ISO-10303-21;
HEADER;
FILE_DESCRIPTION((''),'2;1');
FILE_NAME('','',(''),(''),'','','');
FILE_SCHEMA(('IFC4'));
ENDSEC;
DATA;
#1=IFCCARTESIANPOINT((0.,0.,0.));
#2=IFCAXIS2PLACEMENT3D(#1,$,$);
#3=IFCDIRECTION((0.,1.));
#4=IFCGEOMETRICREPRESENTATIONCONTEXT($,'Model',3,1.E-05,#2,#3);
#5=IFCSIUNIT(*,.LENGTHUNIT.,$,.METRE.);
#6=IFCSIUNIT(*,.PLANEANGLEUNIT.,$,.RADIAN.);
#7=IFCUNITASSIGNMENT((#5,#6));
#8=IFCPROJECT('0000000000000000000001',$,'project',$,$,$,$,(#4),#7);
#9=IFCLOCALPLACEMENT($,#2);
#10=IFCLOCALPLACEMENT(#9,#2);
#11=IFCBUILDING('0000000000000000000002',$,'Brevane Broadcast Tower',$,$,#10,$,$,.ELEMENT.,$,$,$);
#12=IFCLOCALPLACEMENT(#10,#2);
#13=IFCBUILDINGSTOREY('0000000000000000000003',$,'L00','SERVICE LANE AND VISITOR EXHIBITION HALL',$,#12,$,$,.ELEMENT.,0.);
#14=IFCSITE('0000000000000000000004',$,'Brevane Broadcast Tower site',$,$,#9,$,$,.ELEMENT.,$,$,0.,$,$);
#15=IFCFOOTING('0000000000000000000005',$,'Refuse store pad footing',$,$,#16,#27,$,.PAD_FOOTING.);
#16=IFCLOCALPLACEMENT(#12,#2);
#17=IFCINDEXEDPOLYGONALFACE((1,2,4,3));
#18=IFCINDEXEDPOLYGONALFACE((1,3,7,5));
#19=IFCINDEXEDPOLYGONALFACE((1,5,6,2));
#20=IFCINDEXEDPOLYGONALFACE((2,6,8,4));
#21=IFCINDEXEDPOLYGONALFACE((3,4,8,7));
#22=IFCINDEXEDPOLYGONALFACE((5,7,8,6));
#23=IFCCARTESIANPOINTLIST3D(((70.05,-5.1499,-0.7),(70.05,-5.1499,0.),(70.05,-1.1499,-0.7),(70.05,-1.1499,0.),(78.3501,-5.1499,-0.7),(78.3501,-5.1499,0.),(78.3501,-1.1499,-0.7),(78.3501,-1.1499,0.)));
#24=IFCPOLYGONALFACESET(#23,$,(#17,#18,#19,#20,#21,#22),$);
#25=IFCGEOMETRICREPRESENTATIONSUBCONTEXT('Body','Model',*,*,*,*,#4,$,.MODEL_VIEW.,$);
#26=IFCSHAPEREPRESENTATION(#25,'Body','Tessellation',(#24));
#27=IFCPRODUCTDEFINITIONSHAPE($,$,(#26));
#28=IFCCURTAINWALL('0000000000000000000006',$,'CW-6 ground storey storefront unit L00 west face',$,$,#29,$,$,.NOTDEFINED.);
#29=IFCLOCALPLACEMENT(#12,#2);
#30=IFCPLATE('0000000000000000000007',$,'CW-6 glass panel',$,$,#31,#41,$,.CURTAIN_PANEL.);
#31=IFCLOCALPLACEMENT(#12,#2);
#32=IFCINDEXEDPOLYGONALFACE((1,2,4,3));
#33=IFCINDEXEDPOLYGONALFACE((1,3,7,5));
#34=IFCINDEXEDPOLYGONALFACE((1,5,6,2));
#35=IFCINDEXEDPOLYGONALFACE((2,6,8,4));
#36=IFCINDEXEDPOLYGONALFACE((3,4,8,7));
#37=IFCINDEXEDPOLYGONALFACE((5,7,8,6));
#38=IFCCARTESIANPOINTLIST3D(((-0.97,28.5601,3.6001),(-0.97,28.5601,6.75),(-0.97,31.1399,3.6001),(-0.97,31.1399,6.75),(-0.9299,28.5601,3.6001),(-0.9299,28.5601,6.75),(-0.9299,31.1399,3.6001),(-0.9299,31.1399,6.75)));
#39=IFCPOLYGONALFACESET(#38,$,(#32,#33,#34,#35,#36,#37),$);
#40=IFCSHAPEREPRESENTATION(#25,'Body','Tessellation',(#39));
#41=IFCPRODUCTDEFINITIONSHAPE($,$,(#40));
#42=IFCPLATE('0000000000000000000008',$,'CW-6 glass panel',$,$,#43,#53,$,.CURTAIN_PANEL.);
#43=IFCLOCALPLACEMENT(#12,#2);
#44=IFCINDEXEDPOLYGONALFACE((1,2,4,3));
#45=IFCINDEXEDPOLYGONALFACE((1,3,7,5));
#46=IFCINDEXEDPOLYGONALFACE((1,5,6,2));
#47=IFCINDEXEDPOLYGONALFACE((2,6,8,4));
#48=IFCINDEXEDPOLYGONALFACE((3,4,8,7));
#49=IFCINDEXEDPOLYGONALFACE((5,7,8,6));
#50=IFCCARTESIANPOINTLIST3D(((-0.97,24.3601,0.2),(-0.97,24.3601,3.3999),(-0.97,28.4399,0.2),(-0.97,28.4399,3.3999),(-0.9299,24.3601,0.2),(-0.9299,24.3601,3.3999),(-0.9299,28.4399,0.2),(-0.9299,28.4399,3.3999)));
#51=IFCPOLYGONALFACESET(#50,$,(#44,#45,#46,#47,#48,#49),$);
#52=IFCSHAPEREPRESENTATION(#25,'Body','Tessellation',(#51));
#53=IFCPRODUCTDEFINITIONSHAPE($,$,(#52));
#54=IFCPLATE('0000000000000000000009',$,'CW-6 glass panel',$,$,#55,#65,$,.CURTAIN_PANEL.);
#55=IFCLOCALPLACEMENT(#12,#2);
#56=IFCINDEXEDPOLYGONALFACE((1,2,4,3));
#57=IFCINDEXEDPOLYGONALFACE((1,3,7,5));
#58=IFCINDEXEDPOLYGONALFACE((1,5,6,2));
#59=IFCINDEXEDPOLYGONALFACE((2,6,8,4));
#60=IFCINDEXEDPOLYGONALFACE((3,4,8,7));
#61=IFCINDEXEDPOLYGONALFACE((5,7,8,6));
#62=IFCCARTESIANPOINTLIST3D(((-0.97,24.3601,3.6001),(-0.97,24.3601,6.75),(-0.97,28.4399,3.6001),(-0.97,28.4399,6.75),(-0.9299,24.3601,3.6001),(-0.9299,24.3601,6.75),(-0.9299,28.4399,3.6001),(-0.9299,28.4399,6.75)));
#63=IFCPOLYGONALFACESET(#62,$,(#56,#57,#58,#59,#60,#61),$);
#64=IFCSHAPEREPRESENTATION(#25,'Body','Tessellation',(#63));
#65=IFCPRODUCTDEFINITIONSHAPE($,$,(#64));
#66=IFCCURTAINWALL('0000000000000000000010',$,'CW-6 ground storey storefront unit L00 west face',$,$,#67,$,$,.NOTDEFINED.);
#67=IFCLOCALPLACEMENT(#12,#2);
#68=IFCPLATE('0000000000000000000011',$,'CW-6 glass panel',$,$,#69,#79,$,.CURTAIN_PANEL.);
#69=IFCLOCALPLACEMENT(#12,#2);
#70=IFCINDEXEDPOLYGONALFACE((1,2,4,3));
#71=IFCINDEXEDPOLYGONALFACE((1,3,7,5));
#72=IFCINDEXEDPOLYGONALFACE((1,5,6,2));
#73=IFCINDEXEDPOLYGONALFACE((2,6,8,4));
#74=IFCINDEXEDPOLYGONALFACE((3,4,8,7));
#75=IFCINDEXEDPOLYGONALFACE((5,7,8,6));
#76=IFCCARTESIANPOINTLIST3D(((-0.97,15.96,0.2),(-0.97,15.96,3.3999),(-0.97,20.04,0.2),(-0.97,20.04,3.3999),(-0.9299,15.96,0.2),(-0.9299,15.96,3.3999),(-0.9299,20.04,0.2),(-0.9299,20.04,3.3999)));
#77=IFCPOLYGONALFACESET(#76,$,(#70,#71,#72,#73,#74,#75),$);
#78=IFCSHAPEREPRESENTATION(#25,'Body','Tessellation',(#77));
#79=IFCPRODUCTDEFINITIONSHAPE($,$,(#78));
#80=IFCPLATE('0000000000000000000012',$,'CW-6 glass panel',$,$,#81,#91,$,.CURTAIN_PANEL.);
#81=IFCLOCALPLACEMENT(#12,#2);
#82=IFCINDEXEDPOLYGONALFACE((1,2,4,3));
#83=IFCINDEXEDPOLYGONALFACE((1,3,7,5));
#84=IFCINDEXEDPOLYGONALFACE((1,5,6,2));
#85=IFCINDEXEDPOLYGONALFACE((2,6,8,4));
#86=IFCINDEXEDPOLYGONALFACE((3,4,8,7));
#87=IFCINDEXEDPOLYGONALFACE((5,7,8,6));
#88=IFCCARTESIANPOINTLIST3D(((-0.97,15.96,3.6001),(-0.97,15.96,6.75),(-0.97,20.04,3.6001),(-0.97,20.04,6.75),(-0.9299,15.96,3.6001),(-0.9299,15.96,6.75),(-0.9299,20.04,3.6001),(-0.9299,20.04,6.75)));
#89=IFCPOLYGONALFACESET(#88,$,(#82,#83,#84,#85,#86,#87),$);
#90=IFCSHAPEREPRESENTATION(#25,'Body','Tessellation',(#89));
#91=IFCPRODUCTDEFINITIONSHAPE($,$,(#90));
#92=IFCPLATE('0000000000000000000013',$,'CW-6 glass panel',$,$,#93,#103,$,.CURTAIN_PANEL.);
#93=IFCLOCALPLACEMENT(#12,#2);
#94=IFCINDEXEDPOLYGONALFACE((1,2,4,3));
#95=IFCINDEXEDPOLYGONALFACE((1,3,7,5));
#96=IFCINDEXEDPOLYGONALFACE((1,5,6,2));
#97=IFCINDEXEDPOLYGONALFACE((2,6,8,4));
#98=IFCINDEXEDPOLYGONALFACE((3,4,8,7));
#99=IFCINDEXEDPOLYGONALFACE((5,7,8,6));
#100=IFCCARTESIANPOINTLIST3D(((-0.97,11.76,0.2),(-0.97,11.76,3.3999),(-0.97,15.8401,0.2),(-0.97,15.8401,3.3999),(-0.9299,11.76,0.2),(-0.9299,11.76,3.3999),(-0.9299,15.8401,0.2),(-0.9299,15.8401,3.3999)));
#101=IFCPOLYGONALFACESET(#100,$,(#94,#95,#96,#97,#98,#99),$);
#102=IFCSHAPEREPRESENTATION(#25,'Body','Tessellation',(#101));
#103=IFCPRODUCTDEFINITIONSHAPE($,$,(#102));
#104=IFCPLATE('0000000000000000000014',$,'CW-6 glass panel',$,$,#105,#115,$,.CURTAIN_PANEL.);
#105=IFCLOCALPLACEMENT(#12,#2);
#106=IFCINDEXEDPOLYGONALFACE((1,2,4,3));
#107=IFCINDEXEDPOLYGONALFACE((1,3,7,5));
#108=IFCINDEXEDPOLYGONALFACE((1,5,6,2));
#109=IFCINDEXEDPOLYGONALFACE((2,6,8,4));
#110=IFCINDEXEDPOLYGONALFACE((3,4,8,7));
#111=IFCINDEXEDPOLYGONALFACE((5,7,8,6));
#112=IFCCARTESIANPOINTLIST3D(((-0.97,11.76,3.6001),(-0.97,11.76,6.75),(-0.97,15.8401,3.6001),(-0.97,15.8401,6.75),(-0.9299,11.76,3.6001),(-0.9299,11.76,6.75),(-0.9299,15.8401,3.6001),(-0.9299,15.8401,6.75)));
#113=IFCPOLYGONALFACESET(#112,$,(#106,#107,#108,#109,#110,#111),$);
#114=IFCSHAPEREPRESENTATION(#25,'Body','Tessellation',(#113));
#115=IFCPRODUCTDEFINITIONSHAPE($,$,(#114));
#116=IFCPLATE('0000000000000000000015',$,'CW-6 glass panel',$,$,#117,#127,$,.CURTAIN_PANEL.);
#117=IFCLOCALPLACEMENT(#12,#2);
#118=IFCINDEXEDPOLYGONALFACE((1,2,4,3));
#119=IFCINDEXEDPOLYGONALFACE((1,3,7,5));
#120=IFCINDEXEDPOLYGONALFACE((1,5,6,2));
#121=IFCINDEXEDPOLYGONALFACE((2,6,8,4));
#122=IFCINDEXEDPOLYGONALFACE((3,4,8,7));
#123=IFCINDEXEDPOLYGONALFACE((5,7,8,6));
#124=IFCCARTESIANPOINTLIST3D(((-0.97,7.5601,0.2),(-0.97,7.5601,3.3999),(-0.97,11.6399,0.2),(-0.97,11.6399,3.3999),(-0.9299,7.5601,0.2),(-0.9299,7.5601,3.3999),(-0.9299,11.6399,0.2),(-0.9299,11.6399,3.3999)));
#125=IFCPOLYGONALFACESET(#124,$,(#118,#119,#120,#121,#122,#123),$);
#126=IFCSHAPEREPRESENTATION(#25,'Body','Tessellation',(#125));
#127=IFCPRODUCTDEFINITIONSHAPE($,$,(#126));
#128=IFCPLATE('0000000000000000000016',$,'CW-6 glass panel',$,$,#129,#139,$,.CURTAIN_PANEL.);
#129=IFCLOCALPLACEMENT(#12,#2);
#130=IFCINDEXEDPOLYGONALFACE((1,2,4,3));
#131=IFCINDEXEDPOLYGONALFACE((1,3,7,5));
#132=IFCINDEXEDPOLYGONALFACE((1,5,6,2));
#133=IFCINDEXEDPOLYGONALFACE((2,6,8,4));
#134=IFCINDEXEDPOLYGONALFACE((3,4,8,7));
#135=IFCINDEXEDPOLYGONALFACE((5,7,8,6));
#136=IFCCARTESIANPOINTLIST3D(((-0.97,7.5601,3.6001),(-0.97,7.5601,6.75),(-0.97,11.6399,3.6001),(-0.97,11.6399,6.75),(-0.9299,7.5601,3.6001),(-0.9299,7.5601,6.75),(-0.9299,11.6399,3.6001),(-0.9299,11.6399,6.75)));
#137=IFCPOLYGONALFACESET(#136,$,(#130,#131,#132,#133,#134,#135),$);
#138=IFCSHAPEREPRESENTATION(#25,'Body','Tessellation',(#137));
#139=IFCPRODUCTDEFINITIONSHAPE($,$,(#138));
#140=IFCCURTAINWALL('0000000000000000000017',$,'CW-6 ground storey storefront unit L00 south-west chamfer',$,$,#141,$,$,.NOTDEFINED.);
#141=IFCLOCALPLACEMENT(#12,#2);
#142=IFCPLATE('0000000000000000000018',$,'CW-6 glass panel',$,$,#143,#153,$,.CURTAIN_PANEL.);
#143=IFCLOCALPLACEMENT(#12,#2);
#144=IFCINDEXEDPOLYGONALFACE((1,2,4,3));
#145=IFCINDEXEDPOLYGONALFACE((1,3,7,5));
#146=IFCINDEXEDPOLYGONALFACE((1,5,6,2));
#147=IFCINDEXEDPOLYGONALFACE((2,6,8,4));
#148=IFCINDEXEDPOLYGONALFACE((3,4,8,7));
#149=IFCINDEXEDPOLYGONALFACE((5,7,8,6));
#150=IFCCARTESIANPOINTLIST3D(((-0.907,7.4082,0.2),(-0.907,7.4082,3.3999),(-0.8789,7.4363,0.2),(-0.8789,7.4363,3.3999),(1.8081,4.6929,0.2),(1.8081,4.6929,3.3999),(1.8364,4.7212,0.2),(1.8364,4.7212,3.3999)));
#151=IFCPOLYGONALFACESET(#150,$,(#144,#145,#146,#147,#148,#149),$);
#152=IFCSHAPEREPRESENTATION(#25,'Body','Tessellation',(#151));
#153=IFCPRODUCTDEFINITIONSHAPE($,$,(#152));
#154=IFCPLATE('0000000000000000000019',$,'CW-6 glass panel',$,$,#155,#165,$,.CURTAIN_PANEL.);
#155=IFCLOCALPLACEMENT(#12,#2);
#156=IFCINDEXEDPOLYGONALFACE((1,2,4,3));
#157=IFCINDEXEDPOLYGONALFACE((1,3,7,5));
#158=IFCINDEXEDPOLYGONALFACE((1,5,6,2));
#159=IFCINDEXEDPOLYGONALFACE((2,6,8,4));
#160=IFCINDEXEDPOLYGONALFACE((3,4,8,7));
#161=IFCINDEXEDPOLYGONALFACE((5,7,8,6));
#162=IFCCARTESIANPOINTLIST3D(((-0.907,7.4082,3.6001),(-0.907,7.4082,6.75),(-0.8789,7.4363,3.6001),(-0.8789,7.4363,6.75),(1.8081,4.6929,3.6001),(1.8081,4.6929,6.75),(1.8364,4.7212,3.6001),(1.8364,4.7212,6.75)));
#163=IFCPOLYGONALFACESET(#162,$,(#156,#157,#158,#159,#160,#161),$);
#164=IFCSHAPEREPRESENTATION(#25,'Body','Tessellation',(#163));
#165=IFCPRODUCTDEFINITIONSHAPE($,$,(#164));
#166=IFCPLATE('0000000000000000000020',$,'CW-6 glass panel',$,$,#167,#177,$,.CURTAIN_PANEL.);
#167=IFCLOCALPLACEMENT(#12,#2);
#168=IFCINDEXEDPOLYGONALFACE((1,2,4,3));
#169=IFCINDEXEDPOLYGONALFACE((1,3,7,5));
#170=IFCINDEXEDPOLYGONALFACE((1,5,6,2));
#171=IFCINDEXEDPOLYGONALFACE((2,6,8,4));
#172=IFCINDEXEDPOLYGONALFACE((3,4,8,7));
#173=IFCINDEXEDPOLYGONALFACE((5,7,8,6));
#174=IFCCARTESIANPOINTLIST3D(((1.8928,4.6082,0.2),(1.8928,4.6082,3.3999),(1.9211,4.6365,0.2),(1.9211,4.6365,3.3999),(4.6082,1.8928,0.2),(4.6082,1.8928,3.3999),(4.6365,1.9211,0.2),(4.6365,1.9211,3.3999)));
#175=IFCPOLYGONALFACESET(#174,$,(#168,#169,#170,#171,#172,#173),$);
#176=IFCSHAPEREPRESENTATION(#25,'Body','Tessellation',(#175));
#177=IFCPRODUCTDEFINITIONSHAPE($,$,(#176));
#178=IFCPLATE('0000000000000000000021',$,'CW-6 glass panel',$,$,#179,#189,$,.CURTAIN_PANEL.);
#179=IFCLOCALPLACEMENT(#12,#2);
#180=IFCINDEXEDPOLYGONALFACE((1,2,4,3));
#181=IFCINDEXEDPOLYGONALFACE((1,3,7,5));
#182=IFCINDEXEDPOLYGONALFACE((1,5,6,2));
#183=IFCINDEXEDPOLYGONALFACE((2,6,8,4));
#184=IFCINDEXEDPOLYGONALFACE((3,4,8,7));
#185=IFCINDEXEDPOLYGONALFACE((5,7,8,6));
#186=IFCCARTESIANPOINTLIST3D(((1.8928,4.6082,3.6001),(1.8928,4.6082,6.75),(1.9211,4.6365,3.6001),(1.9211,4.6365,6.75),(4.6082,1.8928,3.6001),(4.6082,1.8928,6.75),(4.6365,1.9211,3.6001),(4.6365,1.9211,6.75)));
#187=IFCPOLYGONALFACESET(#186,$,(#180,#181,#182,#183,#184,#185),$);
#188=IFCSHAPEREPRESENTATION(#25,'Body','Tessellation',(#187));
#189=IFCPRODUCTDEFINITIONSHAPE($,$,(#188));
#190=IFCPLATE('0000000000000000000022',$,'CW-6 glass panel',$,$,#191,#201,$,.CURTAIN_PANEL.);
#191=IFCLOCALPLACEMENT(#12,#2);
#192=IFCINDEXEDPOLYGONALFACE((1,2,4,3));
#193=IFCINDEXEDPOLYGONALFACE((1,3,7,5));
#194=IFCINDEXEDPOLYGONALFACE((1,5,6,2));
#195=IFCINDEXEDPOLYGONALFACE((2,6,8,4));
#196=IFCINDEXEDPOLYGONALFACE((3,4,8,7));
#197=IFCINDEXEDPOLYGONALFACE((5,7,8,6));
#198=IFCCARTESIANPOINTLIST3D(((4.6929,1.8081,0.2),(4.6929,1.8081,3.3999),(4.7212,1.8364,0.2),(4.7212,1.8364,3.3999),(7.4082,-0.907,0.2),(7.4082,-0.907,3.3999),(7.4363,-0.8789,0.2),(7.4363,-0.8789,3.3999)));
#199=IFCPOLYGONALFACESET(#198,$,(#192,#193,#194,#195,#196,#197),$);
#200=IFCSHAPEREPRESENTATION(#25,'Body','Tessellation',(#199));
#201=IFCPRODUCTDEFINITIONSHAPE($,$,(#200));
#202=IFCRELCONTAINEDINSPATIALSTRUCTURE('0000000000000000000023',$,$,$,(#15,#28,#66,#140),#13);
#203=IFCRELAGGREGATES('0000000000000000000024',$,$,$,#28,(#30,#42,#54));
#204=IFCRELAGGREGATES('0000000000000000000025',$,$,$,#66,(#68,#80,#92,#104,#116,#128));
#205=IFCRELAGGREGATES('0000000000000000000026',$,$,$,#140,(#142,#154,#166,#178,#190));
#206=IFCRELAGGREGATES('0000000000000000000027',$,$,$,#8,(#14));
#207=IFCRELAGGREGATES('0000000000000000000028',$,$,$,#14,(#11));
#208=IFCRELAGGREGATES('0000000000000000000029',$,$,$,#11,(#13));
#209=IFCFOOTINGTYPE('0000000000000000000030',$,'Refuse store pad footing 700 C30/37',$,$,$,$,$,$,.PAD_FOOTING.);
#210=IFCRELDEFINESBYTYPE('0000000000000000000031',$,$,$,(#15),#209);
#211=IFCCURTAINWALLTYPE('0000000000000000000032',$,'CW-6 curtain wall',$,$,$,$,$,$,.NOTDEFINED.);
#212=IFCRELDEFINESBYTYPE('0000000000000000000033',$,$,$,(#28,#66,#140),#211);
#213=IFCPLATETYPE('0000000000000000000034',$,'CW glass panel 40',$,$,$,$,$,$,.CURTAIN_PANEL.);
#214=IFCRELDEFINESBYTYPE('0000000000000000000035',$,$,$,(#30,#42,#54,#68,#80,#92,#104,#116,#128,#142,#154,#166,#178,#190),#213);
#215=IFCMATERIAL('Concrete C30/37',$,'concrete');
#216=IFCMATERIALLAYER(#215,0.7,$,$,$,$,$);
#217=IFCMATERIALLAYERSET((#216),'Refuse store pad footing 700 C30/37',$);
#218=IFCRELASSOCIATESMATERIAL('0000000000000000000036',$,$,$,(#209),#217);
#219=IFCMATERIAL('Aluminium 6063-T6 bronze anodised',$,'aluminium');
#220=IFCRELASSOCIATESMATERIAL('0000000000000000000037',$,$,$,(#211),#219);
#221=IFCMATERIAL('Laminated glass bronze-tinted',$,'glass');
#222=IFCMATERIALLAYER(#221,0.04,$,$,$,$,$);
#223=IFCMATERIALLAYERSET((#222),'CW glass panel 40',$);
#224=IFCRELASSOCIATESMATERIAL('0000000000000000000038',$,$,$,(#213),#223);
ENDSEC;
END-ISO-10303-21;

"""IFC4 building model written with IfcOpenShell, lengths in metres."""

from ifc_helpers import new_model, si_unit, direction, frame, origin, place, context, subcontext, project, spatial, polyline, outline, extrude, material, layer, layer_set, type_object, element, aggregate, save


model = new_model("IFC4")

# Units and contexts
model_context = context("Model", 3, precision=1e-05, world=origin(), true_north=direction((0.0, 1.0)))
body_context = subcontext(model_context, "Body", "Model", "MODEL_VIEW")
ifc_project = project(units=[si_unit("LENGTHUNIT", "METRE"), si_unit("PLANEANGLEUNIT", "RADIAN")], contexts=[model_context])

# Site, building, storey
site_placement = place(None, origin())
site = spatial("IfcSite", under=ifc_project, at=site_placement, Name="Brevane Broadcast Tower site", CompositionType="ELEMENT", RefElevation=0.0)
building_placement = place(site_placement, origin())
building = spatial("IfcBuilding", under=site, at=building_placement, Name="Brevane Broadcast Tower", CompositionType="ELEMENT")
storey_placement = place(building_placement, origin())
storey = spatial("IfcBuildingStorey", under=building, at=storey_placement, Name="L00", Description="SERVICE LANE AND VISITOR EXHIBITION HALL", CompositionType="ELEMENT", Elevation=0.0)

# Footing
ifc_material_1 = material(Name="Concrete C30/37", Category="concrete")
ifc_layer_1 = layer(ifc_material_1, 0.7)
ifc_layer_set_1 = layer_set([ifc_layer_1], Name="Refuse store pad footing 700 C30/37")
footing_type = type_object("IfcFootingType", Name="Refuse store pad footing 700 C30/37", PredefinedType="PAD_FOOTING", material=ifc_layer_set_1)
footing_placement = place(storey_placement, frame((0.0, 0.0, -0.7)))
element("IfcFooting", 1, at=footing_placement, inside=storey, type_object=footing_type, Name="Refuse store pad footing", PredefinedType="PAD_FOOTING", context=body_context, shape_type="SweptSolid", body=[
    extrude(outline(polyline([(78.3501, -1.1499), (70.05, -1.1499), (70.05, -5.1499), (78.3501, -5.1499), (78.3501, -1.1499)])), origin(), (0.0, 0.0, 1.0), 0.7),
])

# Curtain walls, plates
ifc_material_2 = material(Name="Aluminium 6063-T6 bronze anodised", Category="aluminium")
curtain_wall_type = type_object("IfcCurtainWallType", Name="CW-6 curtain wall", PredefinedType="NOTDEFINED", material=ifc_material_2)
curtain_wall_1_placement = place(storey_placement, origin())
curtain_wall_1 = element("IfcCurtainWall", 2, at=curtain_wall_1_placement, inside=storey, type_object=curtain_wall_type, Name="CW-6 ground storey storefront unit L00 west face", PredefinedType="NOTDEFINED")
ifc_material_3 = material(Name="Laminated glass bronze-tinted", Category="glass")
ifc_layer_2 = layer(ifc_material_3, 0.04)
ifc_layer_set_2 = layer_set([ifc_layer_2], Name="CW glass panel 40")
plate_type = type_object("IfcPlateType", Name="CW glass panel 40", PredefinedType="CURTAIN_PANEL", material=ifc_layer_set_2)
plate_1_placement = place(storey_placement, frame((0.0, 0.0, 3.6001)))
plate_1 = element("IfcPlate", 3, at=plate_1_placement, type_object=plate_type, Name="CW-6 glass panel", PredefinedType="CURTAIN_PANEL", context=body_context, shape_type="SweptSolid", body=[
    extrude(outline(polyline([(-0.97, 28.5601), (-0.9299, 28.5601), (-0.9299, 31.1399), (-0.97, 31.1399), (-0.97, 28.5601)])), origin(), (0.0, 0.0, 1.0), 3.1499),
])
plate_2_placement = place(storey_placement, frame((0.0, 0.0, 0.2)))
plate_2 = element("IfcPlate", 4, at=plate_2_placement, type_object=plate_type, Name="CW-6 glass panel", PredefinedType="CURTAIN_PANEL", context=body_context, shape_type="SweptSolid", body=[
    extrude(outline(polyline([(-0.97, 24.3601), (-0.9299, 24.3601), (-0.9299, 28.4399), (-0.97, 28.4399), (-0.97, 24.3601)])), origin(), (0.0, 0.0, 1.0), 3.2),
])
plate_3_placement = place(storey_placement, frame((0.0, 0.0, 3.6001)))
plate_3 = element("IfcPlate", 5, at=plate_3_placement, type_object=plate_type, Name="CW-6 glass panel", PredefinedType="CURTAIN_PANEL", context=body_context, shape_type="SweptSolid", body=[
    extrude(outline(polyline([(-0.97, 24.3601), (-0.9299, 24.3601), (-0.9299, 28.4399), (-0.97, 28.4399), (-0.97, 24.3601)])), origin(), (0.0, 0.0, 1.0), 3.1499),
])
aggregate(curtain_wall_1, [plate_1, plate_2, plate_3])
curtain_wall_2_placement = place(storey_placement, origin())
curtain_wall_2 = element("IfcCurtainWall", 6, at=curtain_wall_2_placement, inside=storey, type_object=curtain_wall_type, Name="CW-6 ground storey storefront unit L00 west face", PredefinedType="NOTDEFINED")
plate_4_placement = place(storey_placement, frame((0.0, 0.0, 0.2)))
plate_4 = element("IfcPlate", 7, at=plate_4_placement, type_object=plate_type, Name="CW-6 glass panel", PredefinedType="CURTAIN_PANEL", context=body_context, shape_type="SweptSolid", body=[
    extrude(outline(polyline([(-0.97, 15.96), (-0.9299, 15.96), (-0.9299, 20.04), (-0.97, 20.04), (-0.97, 15.96)])), origin(), (0.0, 0.0, 1.0), 3.2),
])
plate_5_placement = place(storey_placement, frame((0.0, 0.0, 3.6001)))
plate_5 = element("IfcPlate", 8, at=plate_5_placement, type_object=plate_type, Name="CW-6 glass panel", PredefinedType="CURTAIN_PANEL", context=body_context, shape_type="SweptSolid", body=[
    extrude(outline(polyline([(-0.97, 15.96), (-0.9299, 15.96), (-0.9299, 20.04), (-0.97, 20.04), (-0.97, 15.96)])), origin(), (0.0, 0.0, 1.0), 3.1499),
])
plate_6_placement = place(storey_placement, frame((0.0, 0.0, 0.2)))
plate_6 = element("IfcPlate", 9, at=plate_6_placement, type_object=plate_type, Name="CW-6 glass panel", PredefinedType="CURTAIN_PANEL", context=body_context, shape_type="SweptSolid", body=[
    extrude(outline(polyline([(-0.97, 11.76), (-0.9299, 11.76), (-0.9299, 15.8401), (-0.97, 15.8401), (-0.97, 11.76)])), origin(), (0.0, 0.0, 1.0), 3.2),
])
plate_7_placement = place(storey_placement, frame((0.0, 0.0, 3.6001)))
plate_7 = element("IfcPlate", 10, at=plate_7_placement, type_object=plate_type, Name="CW-6 glass panel", PredefinedType="CURTAIN_PANEL", context=body_context, shape_type="SweptSolid", body=[
    extrude(outline(polyline([(-0.97, 11.76), (-0.9299, 11.76), (-0.9299, 15.8401), (-0.97, 15.8401), (-0.97, 11.76)])), origin(), (0.0, 0.0, 1.0), 3.1499),
])
plate_8_placement = place(storey_placement, frame((0.0, 0.0, 0.2)))
plate_8 = element("IfcPlate", 11, at=plate_8_placement, type_object=plate_type, Name="CW-6 glass panel", PredefinedType="CURTAIN_PANEL", context=body_context, shape_type="SweptSolid", body=[
    extrude(outline(polyline([(-0.97, 7.5601), (-0.9299, 7.5601), (-0.9299, 11.6399), (-0.97, 11.6399), (-0.97, 7.5601)])), origin(), (0.0, 0.0, 1.0), 3.2),
])
plate_9_placement = place(storey_placement, frame((0.0, 0.0, 3.6001)))
plate_9 = element("IfcPlate", 12, at=plate_9_placement, type_object=plate_type, Name="CW-6 glass panel", PredefinedType="CURTAIN_PANEL", context=body_context, shape_type="SweptSolid", body=[
    extrude(outline(polyline([(-0.97, 7.5601), (-0.9299, 7.5601), (-0.9299, 11.6399), (-0.97, 11.6399), (-0.97, 7.5601)])), origin(), (0.0, 0.0, 1.0), 3.1499),
])
aggregate(curtain_wall_2, [plate_4, plate_5, plate_6, plate_7, plate_8, plate_9])
curtain_wall_3_placement = place(storey_placement, origin())
curtain_wall_3 = element("IfcCurtainWall", 13, at=curtain_wall_3_placement, inside=storey, type_object=curtain_wall_type, Name="CW-6 ground storey storefront unit L00 south-west chamfer", PredefinedType="NOTDEFINED")
plate_10_placement = place(storey_placement, frame((0.0, 0.0, 0.2)))
plate_10 = element("IfcPlate", 14, at=plate_10_placement, type_object=plate_type, Name="CW-6 glass panel", PredefinedType="CURTAIN_PANEL", context=body_context, shape_type="SweptSolid", body=[
    extrude(outline(polyline([(-0.8789, 7.4363), (1.8364, 4.7212), (1.8081, 4.6929), (-0.907, 7.4082), (-0.8789, 7.4363)])), origin(), (0.0, 0.0, 1.0), 3.2),
])
plate_11_placement = place(storey_placement, frame((0.0, 0.0, 3.6001)))
plate_11 = element("IfcPlate", 15, at=plate_11_placement, type_object=plate_type, Name="CW-6 glass panel", PredefinedType="CURTAIN_PANEL", context=body_context, shape_type="SweptSolid", body=[
    extrude(outline(polyline([(-0.8789, 7.4363), (1.8364, 4.7212), (1.8081, 4.6929), (-0.907, 7.4082), (-0.8789, 7.4363)])), origin(), (0.0, 0.0, 1.0), 3.1499),
])
plate_12_placement = place(storey_placement, frame((0.0, 0.0, 0.2)))
plate_12 = element("IfcPlate", 16, at=plate_12_placement, type_object=plate_type, Name="CW-6 glass panel", PredefinedType="CURTAIN_PANEL", context=body_context, shape_type="SweptSolid", body=[
    extrude(outline(polyline([(1.9211, 4.6365), (4.6365, 1.9211), (4.6082, 1.8928), (1.8928, 4.6082), (1.9211, 4.6365)])), origin(), (0.0, 0.0, 1.0), 3.2),
])
plate_13_placement = place(storey_placement, frame((0.0, 0.0, 3.6001)))
plate_13 = element("IfcPlate", 17, at=plate_13_placement, type_object=plate_type, Name="CW-6 glass panel", PredefinedType="CURTAIN_PANEL", context=body_context, shape_type="SweptSolid", body=[
    extrude(outline(polyline([(1.9211, 4.6365), (4.6365, 1.9211), (4.6082, 1.8928), (1.8928, 4.6082), (1.9211, 4.6365)])), origin(), (0.0, 0.0, 1.0), 3.1499),
])
plate_14_placement = place(storey_placement, frame((0.0, 0.0, 0.2)))
plate_14 = element("IfcPlate", 18, at=plate_14_placement, type_object=plate_type, Name="CW-6 glass panel", PredefinedType="CURTAIN_PANEL", context=body_context, shape_type="SweptSolid", body=[
    extrude(outline(polyline([(4.7212, 1.8364), (7.4363, -0.8789), (7.4082, -0.907), (4.6929, 1.8081), (4.7212, 1.8364)])), origin(), (0.0, 0.0, 1.0), 3.2),
])
aggregate(curtain_wall_3, [plate_10, plate_11, plate_12, plate_13, plate_14])

save(model, "model.ifc")
